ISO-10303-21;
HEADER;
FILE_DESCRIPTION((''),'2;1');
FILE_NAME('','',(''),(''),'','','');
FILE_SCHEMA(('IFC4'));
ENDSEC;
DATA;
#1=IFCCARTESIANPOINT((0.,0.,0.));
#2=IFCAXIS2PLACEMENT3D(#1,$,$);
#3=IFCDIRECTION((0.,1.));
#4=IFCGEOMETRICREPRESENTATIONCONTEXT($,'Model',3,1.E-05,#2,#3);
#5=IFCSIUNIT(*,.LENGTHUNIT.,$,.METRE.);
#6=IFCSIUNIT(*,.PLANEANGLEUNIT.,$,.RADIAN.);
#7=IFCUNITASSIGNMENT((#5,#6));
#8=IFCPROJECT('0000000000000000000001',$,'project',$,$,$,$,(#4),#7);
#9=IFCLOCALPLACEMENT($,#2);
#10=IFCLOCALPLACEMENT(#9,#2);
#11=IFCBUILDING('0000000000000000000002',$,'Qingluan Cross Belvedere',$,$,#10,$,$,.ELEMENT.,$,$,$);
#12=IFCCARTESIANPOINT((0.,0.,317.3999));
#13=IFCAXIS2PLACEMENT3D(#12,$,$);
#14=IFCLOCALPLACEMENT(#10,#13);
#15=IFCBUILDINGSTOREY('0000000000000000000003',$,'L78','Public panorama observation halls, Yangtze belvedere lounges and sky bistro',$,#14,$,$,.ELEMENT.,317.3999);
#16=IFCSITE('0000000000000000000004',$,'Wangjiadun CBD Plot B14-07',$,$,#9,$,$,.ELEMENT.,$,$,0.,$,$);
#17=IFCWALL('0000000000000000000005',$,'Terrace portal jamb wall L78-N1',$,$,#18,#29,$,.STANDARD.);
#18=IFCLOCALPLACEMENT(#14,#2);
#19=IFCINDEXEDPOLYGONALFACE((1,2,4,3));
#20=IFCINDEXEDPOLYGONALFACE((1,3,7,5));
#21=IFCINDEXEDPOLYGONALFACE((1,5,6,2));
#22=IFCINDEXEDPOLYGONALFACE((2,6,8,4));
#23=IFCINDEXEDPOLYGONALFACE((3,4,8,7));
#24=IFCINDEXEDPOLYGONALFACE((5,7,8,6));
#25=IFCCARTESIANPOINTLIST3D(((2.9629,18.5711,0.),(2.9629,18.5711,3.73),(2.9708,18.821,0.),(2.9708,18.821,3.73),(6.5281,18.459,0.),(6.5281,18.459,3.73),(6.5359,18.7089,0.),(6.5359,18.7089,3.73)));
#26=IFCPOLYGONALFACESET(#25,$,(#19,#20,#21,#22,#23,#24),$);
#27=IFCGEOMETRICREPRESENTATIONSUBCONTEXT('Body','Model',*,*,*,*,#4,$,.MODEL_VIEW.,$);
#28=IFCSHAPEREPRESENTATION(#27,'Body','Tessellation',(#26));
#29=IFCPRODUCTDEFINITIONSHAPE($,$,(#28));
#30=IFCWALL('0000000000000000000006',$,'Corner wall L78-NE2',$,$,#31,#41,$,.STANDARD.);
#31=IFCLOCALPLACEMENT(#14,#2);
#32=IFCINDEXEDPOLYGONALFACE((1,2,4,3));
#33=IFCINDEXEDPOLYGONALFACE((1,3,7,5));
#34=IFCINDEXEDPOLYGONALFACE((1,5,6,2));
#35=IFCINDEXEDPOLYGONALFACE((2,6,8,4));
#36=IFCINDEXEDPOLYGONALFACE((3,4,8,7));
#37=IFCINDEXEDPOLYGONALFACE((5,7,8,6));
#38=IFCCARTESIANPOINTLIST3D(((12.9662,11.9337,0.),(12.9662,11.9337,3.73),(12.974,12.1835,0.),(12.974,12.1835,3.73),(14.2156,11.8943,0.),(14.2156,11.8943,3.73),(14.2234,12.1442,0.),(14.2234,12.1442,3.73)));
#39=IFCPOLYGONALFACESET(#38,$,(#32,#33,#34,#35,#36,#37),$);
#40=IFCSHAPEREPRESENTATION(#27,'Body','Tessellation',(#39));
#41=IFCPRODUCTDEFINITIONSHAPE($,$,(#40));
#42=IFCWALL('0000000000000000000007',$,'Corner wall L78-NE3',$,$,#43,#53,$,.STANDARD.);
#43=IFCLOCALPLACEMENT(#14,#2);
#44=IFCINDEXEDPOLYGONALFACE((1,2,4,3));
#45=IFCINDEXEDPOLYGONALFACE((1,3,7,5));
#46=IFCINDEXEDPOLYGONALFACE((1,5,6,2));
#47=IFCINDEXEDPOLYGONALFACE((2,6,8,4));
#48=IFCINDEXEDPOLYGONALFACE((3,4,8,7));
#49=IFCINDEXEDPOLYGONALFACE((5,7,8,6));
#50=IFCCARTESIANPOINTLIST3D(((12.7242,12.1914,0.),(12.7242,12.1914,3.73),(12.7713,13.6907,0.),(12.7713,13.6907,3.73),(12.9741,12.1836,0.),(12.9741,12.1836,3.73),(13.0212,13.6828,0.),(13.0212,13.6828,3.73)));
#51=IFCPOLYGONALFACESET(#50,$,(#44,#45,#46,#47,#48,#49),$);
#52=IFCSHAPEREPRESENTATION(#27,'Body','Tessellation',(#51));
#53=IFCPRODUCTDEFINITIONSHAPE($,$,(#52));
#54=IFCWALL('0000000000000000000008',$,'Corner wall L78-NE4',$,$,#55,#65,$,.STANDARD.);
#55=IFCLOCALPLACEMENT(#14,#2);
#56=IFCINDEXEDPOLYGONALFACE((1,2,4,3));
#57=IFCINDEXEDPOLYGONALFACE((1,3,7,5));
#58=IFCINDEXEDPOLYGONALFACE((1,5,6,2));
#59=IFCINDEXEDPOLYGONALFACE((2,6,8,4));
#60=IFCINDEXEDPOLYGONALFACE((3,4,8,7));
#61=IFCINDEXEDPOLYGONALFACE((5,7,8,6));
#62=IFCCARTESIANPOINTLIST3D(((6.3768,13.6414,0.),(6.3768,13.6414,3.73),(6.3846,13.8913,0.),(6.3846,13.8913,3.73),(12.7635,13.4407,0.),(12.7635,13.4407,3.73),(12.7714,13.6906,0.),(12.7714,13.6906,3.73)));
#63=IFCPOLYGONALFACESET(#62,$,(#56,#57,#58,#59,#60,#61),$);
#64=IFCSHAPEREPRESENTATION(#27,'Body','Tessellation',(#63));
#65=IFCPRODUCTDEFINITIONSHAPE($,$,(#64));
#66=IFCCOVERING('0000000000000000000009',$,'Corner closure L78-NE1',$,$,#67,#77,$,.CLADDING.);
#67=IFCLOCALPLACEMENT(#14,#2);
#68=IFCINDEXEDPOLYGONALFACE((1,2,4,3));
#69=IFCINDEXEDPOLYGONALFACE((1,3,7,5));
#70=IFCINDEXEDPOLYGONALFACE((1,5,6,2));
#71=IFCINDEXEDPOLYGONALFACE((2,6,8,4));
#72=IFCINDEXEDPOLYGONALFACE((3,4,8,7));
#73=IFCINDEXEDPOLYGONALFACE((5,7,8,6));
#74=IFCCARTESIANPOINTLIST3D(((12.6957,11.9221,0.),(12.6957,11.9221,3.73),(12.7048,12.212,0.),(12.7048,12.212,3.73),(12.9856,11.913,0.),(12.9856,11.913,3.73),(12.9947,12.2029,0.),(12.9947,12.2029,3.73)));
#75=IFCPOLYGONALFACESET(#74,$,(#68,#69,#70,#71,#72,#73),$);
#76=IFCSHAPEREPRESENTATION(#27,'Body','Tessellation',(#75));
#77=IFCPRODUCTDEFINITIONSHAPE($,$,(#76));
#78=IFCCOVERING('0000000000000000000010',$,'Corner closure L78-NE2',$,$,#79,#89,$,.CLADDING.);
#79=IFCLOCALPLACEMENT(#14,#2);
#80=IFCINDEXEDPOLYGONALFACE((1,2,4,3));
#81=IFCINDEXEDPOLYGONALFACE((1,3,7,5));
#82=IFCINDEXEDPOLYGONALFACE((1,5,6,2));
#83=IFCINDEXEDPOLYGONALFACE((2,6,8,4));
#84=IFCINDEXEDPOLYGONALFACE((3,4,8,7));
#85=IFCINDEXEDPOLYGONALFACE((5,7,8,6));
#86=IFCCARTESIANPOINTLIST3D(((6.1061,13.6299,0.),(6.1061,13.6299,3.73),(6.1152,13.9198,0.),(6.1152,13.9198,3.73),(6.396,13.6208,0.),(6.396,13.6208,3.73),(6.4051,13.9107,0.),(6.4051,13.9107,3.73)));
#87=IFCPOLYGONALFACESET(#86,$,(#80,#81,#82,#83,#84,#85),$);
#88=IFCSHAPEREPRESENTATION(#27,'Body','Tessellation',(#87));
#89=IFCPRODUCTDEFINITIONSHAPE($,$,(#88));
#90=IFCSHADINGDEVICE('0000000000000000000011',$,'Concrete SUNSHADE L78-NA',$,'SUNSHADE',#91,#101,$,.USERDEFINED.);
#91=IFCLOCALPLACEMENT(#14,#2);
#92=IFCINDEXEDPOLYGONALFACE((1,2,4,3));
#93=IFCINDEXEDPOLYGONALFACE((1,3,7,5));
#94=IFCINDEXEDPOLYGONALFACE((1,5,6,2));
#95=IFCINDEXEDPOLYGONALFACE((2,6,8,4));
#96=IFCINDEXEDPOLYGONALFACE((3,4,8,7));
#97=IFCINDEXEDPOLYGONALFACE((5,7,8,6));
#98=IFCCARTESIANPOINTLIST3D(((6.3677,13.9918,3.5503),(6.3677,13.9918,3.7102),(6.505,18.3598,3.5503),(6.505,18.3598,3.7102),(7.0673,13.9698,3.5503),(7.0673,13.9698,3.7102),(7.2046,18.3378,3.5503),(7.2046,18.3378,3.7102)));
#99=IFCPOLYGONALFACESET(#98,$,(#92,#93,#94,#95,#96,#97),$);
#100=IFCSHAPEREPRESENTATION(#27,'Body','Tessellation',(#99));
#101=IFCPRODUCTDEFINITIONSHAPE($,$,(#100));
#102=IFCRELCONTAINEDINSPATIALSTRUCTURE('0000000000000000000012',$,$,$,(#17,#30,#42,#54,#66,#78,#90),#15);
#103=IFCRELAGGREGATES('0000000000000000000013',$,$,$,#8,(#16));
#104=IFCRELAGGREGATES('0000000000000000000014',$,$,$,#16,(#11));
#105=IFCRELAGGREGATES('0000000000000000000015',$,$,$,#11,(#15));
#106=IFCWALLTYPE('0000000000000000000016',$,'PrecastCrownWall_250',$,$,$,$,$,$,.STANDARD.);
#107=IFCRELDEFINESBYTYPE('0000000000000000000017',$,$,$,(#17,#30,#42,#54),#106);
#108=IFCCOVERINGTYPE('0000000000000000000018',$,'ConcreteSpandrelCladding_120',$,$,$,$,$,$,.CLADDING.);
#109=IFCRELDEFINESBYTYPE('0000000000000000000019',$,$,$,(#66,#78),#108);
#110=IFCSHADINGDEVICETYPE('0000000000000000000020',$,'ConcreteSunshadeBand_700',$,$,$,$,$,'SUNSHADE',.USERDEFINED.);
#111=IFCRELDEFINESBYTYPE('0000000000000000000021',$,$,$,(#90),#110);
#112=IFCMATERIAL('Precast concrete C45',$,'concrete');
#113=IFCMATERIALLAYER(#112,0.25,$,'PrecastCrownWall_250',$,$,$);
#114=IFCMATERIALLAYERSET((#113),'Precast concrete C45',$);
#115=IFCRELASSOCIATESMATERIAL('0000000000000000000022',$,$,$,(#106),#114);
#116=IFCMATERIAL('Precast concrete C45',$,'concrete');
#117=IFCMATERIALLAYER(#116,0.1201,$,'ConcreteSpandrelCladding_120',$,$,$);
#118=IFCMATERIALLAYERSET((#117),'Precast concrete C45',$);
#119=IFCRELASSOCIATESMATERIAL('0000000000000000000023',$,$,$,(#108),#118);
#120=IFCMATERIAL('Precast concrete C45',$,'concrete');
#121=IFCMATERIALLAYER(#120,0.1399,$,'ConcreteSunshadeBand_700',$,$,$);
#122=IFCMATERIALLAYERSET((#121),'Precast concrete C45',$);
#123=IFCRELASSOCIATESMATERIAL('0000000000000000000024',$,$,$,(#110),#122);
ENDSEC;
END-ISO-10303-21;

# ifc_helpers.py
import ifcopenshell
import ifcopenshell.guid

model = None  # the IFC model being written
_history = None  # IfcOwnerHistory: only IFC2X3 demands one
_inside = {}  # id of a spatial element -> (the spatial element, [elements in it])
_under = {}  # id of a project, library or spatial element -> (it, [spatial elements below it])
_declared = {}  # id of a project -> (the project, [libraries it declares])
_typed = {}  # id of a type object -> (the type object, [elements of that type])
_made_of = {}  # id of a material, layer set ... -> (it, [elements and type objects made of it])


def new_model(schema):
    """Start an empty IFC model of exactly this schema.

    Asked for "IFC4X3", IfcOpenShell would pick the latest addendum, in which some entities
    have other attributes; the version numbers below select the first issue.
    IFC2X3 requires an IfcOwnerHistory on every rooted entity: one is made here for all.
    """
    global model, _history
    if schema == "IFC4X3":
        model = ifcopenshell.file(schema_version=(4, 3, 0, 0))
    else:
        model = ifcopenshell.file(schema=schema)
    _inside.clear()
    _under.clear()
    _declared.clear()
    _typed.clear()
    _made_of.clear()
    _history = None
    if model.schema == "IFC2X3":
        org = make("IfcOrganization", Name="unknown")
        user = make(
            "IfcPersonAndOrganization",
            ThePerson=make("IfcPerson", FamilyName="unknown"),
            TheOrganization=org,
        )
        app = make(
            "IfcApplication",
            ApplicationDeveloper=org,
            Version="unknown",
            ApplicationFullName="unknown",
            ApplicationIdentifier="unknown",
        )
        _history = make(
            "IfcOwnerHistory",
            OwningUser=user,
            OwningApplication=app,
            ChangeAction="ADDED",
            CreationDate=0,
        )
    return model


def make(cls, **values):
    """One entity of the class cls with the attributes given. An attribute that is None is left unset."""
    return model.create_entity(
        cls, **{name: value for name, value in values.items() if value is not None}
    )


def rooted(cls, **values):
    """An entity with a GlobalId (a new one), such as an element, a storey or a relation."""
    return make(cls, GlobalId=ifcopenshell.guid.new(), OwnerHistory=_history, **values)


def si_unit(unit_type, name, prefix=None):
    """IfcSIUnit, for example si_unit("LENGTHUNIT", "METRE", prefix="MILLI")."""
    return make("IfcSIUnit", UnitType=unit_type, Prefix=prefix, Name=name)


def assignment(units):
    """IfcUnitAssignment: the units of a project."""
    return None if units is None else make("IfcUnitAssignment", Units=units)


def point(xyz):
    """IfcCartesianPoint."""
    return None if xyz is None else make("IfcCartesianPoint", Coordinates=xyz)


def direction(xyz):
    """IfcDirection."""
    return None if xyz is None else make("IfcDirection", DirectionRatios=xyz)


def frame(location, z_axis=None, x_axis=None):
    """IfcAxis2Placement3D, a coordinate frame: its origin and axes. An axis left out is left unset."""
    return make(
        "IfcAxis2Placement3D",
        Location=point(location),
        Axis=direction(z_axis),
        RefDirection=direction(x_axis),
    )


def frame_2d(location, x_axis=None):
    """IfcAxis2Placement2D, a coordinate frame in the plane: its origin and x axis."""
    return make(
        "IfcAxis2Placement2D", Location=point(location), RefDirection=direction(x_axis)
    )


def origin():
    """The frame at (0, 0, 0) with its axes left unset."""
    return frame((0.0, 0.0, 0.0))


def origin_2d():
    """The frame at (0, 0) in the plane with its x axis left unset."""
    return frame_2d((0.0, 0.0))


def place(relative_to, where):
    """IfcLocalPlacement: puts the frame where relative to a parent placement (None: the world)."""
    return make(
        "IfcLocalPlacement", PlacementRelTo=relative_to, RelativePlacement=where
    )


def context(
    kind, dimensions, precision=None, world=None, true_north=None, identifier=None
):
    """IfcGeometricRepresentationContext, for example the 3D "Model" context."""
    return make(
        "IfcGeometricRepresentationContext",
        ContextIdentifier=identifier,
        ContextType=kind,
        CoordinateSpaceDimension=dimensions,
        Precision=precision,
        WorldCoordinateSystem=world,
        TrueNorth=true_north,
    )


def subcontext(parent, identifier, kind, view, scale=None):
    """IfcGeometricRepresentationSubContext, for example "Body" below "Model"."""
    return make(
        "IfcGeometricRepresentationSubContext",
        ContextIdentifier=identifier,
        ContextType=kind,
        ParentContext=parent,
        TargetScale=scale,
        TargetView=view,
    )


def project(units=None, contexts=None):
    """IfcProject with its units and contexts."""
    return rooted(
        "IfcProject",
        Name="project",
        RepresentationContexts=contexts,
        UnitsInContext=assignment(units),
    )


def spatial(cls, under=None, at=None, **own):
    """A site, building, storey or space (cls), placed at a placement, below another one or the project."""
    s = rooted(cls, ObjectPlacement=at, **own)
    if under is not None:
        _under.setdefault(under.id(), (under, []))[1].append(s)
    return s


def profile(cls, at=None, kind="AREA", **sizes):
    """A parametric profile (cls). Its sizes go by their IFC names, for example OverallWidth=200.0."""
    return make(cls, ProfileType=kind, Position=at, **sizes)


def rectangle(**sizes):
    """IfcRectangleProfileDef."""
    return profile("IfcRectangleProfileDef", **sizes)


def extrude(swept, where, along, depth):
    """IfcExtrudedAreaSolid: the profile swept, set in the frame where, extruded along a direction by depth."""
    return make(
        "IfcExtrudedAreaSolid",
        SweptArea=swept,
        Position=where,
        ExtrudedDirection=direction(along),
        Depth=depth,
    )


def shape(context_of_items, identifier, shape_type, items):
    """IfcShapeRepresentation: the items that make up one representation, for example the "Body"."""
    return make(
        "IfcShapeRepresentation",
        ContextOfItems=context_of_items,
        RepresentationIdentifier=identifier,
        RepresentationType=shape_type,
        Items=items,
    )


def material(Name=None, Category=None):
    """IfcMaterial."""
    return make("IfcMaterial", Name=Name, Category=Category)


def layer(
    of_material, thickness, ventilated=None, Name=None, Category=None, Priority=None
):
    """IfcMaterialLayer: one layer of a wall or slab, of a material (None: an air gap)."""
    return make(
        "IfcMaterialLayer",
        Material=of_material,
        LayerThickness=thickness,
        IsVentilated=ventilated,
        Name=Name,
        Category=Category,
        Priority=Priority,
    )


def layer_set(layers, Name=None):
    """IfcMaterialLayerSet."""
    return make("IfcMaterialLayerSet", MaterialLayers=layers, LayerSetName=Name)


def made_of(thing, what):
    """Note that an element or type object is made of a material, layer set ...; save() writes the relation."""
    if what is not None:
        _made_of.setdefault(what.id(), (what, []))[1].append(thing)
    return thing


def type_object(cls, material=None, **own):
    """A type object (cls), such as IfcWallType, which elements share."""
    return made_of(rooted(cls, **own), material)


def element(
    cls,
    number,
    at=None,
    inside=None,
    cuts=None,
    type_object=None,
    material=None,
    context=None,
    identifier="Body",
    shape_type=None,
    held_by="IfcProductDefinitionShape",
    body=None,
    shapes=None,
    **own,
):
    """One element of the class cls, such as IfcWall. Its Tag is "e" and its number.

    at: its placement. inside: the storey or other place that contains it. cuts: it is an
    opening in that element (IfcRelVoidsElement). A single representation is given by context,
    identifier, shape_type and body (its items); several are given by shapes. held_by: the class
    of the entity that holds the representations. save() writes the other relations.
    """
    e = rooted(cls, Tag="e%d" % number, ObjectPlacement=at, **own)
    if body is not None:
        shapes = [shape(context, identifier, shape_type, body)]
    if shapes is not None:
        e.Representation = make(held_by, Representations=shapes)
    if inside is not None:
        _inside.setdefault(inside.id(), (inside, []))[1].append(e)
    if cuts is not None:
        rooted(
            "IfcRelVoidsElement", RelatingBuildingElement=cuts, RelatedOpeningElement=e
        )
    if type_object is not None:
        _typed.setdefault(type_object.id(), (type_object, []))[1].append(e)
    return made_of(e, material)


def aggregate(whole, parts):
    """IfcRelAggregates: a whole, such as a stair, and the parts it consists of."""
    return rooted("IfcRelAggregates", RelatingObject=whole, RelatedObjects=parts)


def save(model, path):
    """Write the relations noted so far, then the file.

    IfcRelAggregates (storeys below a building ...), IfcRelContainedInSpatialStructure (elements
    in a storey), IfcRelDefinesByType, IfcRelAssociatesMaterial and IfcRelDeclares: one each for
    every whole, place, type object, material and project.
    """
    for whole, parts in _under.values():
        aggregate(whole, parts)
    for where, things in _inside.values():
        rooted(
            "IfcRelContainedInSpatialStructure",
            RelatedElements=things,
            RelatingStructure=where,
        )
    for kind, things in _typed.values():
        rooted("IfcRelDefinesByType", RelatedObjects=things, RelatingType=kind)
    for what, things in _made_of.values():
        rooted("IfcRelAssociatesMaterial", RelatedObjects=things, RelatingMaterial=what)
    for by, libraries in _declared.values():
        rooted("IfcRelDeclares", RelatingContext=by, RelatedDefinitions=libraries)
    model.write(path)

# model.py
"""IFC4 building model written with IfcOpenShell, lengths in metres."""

from ifc_helpers import new_model, si_unit, direction, frame, frame_2d, origin, origin_2d, place, context, subcontext, project, spatial, rectangle, extrude, material, layer, layer_set, type_object, element, save


model = new_model("IFC4")

# Units and contexts
model_context = context("Model", 3, precision=1e-05, world=origin(), true_north=direction((0.0, 1.0)))
body_context = subcontext(model_context, "Body", "Model", "MODEL_VIEW")
ifc_project = project(units=[si_unit("LENGTHUNIT", "METRE"), si_unit("PLANEANGLEUNIT", "RADIAN")], contexts=[model_context])

# Site, building, storey
site_placement = place(None, origin())
site = spatial("IfcSite", under=ifc_project, at=site_placement, Name="Wangjiadun CBD Plot B14-07", CompositionType="ELEMENT", RefElevation=0.0)
building_placement = place(site_placement, origin())
building = spatial("IfcBuilding", under=site, at=building_placement, Name="Qingluan Cross Belvedere", CompositionType="ELEMENT")
storey_placement = place(building_placement, frame((0.0, 0.0, 317.3999)))
storey = spatial("IfcBuildingStorey", under=building, at=storey_placement, Name="L78", Description="Public panorama observation halls, Yangtze belvedere lounges and sky bistro", CompositionType="ELEMENT", Elevation=317.3999)

# Shared definitions
ifc_material_1 = material(Name="Precast concrete C45", Category="concrete")
ifc_layer_1 = layer(ifc_material_1, 0.25, Name="PrecastCrownWall_250")
ifc_layer_set_1 = layer_set([ifc_layer_1], Name="Precast concrete C45")
wall_type_1 = type_object("IfcWallType", Name="PrecastCrownWall_250", PredefinedType="STANDARD", material=ifc_layer_set_1)

# Walls
wall_1_placement = place(storey_placement, frame((6.532, 18.584, 0.0), z_axis=(0.0, 0.0, 1.0), x_axis=(-0.999506, 0.031416, 0.0)))
element("IfcWall", 1, at=wall_1_placement, inside=storey, type_object=wall_type_1, Name="Terrace portal jamb wall L78-N1", PredefinedType="STANDARD", context=body_context, shape_type="SweptSolid", body=[
    extrude(rectangle(XDim=3.5669, YDim=0.25, at=frame_2d((1.7834, 0.0))), origin(), (0.0, 0.0, 1.0), 3.73),
])
wall_2_placement = place(storey_placement, frame((14.2195, 12.0193, 0.0), z_axis=(0.0, 0.0, 1.0), x_axis=(-0.999505, 0.031448, 0.0)))
element("IfcWall", 2, at=wall_2_placement, inside=storey, type_object=wall_type_1, Name="Corner wall L78-NE2", PredefinedType="STANDARD", context=body_context, shape_type="SweptSolid", body=[
    extrude(rectangle(XDim=1.25, YDim=0.25, at=frame_2d((0.625, 0.0))), origin(), (0.0, 0.0, 1.0), 3.73),
])
wall_3_placement = place(storey_placement, frame((12.8491, 12.1875, 0.0), z_axis=(0.0, 0.0, 1.0), x_axis=(0.031413, 0.999507, 0.0)))
element("IfcWall", 3, at=wall_3_placement, inside=storey, type_object=wall_type_1, Name="Corner wall L78-NE3", PredefinedType="STANDARD", context=body_context, shape_type="SweptSolid", body=[
    extrude(rectangle(XDim=1.5, YDim=0.25, at=frame_2d((0.75, 0.0))), origin(), (0.0, 0.0, 1.0), 3.73),
])
wall_4_placement = place(storey_placement, frame((12.7673, 13.5657, 0.0), z_axis=(0.0, 0.0, 1.0), x_axis=(-0.999507, 0.031407, 0.0)))
element("IfcWall", 4, at=wall_4_placement, inside=storey, type_object=wall_type_1, Name="Corner wall L78-NE4", PredefinedType="STANDARD", context=body_context, shape_type="SweptSolid", body=[
    extrude(rectangle(XDim=6.3899, YDim=0.25, at=frame_2d((3.1948, 0.0))), origin(), (0.0, 0.0, 1.0), 3.73),
])

# Coverings
ifc_material_2 = material(Name="Precast concrete C45", Category="concrete")
ifc_layer_2 = layer(ifc_material_2, 0.1201, Name="ConcreteSpandrelCladding_120")
ifc_layer_set_2 = layer_set([ifc_layer_2], Name="Precast concrete C45")
covering_type = type_object("IfcCoveringType", Name="ConcreteSpandrelCladding_120", PredefinedType="CLADDING", material=ifc_layer_set_2)
for number, where, z_axis, x_axis, name in (
    (5, (12.8452, 12.0625, 0.0), (0.0, 0.0, 1.0), (0.999507, -0.031411, 0.0), "Corner closure L78-NE1"),
    (6, (6.2556, 13.7703, 0.0), (0.0, 0.0, 1.0), (0.999507, -0.031411, 0.0), "Corner closure L78-NE2"),
):
    element("IfcCovering", number, at=place(storey_placement, frame(where, z_axis=z_axis, x_axis=x_axis)), inside=storey, type_object=covering_type, Name=name, PredefinedType="CLADDING", context=body_context, shape_type="SweptSolid", body=[
        extrude(rectangle(XDim=0.29, YDim=0.29, at=origin_2d()), origin(), (0.0, 0.0, 1.0), 3.73),
    ])

# Shading device
ifc_material_3 = material(Name="Precast concrete C45", Category="concrete")
ifc_layer_3 = layer(ifc_material_3, 0.1399, Name="ConcreteSunshadeBand_700")
ifc_layer_set_3 = layer_set([ifc_layer_3], Name="Precast concrete C45")
shading_device_type = type_object("IfcShadingDeviceType", Name="ConcreteSunshadeBand_700", ElementType="SUNSHADE", PredefinedType="USERDEFINED", material=ifc_layer_set_3)
shading_device_placement = place(storey_placement, frame((6.7861, 16.1648, 3.5503), z_axis=(0.0, 0.0, 1.0), x_axis=(0.031422, 0.999506, 0.0)))
element("IfcShadingDevice", 7, at=shading_device_placement, inside=storey, type_object=shading_device_type, Name="Concrete SUNSHADE L78-NA", ObjectType="SUNSHADE", PredefinedType="USERDEFINED", context=body_context, shape_type="SweptSolid", body=[
    extrude(rectangle(XDim=4.3701, YDim=0.7, at=origin_2d()), origin(), (0.0, 0.0, 1.0), 0.1599),
])

save(model, "model.ifc")
